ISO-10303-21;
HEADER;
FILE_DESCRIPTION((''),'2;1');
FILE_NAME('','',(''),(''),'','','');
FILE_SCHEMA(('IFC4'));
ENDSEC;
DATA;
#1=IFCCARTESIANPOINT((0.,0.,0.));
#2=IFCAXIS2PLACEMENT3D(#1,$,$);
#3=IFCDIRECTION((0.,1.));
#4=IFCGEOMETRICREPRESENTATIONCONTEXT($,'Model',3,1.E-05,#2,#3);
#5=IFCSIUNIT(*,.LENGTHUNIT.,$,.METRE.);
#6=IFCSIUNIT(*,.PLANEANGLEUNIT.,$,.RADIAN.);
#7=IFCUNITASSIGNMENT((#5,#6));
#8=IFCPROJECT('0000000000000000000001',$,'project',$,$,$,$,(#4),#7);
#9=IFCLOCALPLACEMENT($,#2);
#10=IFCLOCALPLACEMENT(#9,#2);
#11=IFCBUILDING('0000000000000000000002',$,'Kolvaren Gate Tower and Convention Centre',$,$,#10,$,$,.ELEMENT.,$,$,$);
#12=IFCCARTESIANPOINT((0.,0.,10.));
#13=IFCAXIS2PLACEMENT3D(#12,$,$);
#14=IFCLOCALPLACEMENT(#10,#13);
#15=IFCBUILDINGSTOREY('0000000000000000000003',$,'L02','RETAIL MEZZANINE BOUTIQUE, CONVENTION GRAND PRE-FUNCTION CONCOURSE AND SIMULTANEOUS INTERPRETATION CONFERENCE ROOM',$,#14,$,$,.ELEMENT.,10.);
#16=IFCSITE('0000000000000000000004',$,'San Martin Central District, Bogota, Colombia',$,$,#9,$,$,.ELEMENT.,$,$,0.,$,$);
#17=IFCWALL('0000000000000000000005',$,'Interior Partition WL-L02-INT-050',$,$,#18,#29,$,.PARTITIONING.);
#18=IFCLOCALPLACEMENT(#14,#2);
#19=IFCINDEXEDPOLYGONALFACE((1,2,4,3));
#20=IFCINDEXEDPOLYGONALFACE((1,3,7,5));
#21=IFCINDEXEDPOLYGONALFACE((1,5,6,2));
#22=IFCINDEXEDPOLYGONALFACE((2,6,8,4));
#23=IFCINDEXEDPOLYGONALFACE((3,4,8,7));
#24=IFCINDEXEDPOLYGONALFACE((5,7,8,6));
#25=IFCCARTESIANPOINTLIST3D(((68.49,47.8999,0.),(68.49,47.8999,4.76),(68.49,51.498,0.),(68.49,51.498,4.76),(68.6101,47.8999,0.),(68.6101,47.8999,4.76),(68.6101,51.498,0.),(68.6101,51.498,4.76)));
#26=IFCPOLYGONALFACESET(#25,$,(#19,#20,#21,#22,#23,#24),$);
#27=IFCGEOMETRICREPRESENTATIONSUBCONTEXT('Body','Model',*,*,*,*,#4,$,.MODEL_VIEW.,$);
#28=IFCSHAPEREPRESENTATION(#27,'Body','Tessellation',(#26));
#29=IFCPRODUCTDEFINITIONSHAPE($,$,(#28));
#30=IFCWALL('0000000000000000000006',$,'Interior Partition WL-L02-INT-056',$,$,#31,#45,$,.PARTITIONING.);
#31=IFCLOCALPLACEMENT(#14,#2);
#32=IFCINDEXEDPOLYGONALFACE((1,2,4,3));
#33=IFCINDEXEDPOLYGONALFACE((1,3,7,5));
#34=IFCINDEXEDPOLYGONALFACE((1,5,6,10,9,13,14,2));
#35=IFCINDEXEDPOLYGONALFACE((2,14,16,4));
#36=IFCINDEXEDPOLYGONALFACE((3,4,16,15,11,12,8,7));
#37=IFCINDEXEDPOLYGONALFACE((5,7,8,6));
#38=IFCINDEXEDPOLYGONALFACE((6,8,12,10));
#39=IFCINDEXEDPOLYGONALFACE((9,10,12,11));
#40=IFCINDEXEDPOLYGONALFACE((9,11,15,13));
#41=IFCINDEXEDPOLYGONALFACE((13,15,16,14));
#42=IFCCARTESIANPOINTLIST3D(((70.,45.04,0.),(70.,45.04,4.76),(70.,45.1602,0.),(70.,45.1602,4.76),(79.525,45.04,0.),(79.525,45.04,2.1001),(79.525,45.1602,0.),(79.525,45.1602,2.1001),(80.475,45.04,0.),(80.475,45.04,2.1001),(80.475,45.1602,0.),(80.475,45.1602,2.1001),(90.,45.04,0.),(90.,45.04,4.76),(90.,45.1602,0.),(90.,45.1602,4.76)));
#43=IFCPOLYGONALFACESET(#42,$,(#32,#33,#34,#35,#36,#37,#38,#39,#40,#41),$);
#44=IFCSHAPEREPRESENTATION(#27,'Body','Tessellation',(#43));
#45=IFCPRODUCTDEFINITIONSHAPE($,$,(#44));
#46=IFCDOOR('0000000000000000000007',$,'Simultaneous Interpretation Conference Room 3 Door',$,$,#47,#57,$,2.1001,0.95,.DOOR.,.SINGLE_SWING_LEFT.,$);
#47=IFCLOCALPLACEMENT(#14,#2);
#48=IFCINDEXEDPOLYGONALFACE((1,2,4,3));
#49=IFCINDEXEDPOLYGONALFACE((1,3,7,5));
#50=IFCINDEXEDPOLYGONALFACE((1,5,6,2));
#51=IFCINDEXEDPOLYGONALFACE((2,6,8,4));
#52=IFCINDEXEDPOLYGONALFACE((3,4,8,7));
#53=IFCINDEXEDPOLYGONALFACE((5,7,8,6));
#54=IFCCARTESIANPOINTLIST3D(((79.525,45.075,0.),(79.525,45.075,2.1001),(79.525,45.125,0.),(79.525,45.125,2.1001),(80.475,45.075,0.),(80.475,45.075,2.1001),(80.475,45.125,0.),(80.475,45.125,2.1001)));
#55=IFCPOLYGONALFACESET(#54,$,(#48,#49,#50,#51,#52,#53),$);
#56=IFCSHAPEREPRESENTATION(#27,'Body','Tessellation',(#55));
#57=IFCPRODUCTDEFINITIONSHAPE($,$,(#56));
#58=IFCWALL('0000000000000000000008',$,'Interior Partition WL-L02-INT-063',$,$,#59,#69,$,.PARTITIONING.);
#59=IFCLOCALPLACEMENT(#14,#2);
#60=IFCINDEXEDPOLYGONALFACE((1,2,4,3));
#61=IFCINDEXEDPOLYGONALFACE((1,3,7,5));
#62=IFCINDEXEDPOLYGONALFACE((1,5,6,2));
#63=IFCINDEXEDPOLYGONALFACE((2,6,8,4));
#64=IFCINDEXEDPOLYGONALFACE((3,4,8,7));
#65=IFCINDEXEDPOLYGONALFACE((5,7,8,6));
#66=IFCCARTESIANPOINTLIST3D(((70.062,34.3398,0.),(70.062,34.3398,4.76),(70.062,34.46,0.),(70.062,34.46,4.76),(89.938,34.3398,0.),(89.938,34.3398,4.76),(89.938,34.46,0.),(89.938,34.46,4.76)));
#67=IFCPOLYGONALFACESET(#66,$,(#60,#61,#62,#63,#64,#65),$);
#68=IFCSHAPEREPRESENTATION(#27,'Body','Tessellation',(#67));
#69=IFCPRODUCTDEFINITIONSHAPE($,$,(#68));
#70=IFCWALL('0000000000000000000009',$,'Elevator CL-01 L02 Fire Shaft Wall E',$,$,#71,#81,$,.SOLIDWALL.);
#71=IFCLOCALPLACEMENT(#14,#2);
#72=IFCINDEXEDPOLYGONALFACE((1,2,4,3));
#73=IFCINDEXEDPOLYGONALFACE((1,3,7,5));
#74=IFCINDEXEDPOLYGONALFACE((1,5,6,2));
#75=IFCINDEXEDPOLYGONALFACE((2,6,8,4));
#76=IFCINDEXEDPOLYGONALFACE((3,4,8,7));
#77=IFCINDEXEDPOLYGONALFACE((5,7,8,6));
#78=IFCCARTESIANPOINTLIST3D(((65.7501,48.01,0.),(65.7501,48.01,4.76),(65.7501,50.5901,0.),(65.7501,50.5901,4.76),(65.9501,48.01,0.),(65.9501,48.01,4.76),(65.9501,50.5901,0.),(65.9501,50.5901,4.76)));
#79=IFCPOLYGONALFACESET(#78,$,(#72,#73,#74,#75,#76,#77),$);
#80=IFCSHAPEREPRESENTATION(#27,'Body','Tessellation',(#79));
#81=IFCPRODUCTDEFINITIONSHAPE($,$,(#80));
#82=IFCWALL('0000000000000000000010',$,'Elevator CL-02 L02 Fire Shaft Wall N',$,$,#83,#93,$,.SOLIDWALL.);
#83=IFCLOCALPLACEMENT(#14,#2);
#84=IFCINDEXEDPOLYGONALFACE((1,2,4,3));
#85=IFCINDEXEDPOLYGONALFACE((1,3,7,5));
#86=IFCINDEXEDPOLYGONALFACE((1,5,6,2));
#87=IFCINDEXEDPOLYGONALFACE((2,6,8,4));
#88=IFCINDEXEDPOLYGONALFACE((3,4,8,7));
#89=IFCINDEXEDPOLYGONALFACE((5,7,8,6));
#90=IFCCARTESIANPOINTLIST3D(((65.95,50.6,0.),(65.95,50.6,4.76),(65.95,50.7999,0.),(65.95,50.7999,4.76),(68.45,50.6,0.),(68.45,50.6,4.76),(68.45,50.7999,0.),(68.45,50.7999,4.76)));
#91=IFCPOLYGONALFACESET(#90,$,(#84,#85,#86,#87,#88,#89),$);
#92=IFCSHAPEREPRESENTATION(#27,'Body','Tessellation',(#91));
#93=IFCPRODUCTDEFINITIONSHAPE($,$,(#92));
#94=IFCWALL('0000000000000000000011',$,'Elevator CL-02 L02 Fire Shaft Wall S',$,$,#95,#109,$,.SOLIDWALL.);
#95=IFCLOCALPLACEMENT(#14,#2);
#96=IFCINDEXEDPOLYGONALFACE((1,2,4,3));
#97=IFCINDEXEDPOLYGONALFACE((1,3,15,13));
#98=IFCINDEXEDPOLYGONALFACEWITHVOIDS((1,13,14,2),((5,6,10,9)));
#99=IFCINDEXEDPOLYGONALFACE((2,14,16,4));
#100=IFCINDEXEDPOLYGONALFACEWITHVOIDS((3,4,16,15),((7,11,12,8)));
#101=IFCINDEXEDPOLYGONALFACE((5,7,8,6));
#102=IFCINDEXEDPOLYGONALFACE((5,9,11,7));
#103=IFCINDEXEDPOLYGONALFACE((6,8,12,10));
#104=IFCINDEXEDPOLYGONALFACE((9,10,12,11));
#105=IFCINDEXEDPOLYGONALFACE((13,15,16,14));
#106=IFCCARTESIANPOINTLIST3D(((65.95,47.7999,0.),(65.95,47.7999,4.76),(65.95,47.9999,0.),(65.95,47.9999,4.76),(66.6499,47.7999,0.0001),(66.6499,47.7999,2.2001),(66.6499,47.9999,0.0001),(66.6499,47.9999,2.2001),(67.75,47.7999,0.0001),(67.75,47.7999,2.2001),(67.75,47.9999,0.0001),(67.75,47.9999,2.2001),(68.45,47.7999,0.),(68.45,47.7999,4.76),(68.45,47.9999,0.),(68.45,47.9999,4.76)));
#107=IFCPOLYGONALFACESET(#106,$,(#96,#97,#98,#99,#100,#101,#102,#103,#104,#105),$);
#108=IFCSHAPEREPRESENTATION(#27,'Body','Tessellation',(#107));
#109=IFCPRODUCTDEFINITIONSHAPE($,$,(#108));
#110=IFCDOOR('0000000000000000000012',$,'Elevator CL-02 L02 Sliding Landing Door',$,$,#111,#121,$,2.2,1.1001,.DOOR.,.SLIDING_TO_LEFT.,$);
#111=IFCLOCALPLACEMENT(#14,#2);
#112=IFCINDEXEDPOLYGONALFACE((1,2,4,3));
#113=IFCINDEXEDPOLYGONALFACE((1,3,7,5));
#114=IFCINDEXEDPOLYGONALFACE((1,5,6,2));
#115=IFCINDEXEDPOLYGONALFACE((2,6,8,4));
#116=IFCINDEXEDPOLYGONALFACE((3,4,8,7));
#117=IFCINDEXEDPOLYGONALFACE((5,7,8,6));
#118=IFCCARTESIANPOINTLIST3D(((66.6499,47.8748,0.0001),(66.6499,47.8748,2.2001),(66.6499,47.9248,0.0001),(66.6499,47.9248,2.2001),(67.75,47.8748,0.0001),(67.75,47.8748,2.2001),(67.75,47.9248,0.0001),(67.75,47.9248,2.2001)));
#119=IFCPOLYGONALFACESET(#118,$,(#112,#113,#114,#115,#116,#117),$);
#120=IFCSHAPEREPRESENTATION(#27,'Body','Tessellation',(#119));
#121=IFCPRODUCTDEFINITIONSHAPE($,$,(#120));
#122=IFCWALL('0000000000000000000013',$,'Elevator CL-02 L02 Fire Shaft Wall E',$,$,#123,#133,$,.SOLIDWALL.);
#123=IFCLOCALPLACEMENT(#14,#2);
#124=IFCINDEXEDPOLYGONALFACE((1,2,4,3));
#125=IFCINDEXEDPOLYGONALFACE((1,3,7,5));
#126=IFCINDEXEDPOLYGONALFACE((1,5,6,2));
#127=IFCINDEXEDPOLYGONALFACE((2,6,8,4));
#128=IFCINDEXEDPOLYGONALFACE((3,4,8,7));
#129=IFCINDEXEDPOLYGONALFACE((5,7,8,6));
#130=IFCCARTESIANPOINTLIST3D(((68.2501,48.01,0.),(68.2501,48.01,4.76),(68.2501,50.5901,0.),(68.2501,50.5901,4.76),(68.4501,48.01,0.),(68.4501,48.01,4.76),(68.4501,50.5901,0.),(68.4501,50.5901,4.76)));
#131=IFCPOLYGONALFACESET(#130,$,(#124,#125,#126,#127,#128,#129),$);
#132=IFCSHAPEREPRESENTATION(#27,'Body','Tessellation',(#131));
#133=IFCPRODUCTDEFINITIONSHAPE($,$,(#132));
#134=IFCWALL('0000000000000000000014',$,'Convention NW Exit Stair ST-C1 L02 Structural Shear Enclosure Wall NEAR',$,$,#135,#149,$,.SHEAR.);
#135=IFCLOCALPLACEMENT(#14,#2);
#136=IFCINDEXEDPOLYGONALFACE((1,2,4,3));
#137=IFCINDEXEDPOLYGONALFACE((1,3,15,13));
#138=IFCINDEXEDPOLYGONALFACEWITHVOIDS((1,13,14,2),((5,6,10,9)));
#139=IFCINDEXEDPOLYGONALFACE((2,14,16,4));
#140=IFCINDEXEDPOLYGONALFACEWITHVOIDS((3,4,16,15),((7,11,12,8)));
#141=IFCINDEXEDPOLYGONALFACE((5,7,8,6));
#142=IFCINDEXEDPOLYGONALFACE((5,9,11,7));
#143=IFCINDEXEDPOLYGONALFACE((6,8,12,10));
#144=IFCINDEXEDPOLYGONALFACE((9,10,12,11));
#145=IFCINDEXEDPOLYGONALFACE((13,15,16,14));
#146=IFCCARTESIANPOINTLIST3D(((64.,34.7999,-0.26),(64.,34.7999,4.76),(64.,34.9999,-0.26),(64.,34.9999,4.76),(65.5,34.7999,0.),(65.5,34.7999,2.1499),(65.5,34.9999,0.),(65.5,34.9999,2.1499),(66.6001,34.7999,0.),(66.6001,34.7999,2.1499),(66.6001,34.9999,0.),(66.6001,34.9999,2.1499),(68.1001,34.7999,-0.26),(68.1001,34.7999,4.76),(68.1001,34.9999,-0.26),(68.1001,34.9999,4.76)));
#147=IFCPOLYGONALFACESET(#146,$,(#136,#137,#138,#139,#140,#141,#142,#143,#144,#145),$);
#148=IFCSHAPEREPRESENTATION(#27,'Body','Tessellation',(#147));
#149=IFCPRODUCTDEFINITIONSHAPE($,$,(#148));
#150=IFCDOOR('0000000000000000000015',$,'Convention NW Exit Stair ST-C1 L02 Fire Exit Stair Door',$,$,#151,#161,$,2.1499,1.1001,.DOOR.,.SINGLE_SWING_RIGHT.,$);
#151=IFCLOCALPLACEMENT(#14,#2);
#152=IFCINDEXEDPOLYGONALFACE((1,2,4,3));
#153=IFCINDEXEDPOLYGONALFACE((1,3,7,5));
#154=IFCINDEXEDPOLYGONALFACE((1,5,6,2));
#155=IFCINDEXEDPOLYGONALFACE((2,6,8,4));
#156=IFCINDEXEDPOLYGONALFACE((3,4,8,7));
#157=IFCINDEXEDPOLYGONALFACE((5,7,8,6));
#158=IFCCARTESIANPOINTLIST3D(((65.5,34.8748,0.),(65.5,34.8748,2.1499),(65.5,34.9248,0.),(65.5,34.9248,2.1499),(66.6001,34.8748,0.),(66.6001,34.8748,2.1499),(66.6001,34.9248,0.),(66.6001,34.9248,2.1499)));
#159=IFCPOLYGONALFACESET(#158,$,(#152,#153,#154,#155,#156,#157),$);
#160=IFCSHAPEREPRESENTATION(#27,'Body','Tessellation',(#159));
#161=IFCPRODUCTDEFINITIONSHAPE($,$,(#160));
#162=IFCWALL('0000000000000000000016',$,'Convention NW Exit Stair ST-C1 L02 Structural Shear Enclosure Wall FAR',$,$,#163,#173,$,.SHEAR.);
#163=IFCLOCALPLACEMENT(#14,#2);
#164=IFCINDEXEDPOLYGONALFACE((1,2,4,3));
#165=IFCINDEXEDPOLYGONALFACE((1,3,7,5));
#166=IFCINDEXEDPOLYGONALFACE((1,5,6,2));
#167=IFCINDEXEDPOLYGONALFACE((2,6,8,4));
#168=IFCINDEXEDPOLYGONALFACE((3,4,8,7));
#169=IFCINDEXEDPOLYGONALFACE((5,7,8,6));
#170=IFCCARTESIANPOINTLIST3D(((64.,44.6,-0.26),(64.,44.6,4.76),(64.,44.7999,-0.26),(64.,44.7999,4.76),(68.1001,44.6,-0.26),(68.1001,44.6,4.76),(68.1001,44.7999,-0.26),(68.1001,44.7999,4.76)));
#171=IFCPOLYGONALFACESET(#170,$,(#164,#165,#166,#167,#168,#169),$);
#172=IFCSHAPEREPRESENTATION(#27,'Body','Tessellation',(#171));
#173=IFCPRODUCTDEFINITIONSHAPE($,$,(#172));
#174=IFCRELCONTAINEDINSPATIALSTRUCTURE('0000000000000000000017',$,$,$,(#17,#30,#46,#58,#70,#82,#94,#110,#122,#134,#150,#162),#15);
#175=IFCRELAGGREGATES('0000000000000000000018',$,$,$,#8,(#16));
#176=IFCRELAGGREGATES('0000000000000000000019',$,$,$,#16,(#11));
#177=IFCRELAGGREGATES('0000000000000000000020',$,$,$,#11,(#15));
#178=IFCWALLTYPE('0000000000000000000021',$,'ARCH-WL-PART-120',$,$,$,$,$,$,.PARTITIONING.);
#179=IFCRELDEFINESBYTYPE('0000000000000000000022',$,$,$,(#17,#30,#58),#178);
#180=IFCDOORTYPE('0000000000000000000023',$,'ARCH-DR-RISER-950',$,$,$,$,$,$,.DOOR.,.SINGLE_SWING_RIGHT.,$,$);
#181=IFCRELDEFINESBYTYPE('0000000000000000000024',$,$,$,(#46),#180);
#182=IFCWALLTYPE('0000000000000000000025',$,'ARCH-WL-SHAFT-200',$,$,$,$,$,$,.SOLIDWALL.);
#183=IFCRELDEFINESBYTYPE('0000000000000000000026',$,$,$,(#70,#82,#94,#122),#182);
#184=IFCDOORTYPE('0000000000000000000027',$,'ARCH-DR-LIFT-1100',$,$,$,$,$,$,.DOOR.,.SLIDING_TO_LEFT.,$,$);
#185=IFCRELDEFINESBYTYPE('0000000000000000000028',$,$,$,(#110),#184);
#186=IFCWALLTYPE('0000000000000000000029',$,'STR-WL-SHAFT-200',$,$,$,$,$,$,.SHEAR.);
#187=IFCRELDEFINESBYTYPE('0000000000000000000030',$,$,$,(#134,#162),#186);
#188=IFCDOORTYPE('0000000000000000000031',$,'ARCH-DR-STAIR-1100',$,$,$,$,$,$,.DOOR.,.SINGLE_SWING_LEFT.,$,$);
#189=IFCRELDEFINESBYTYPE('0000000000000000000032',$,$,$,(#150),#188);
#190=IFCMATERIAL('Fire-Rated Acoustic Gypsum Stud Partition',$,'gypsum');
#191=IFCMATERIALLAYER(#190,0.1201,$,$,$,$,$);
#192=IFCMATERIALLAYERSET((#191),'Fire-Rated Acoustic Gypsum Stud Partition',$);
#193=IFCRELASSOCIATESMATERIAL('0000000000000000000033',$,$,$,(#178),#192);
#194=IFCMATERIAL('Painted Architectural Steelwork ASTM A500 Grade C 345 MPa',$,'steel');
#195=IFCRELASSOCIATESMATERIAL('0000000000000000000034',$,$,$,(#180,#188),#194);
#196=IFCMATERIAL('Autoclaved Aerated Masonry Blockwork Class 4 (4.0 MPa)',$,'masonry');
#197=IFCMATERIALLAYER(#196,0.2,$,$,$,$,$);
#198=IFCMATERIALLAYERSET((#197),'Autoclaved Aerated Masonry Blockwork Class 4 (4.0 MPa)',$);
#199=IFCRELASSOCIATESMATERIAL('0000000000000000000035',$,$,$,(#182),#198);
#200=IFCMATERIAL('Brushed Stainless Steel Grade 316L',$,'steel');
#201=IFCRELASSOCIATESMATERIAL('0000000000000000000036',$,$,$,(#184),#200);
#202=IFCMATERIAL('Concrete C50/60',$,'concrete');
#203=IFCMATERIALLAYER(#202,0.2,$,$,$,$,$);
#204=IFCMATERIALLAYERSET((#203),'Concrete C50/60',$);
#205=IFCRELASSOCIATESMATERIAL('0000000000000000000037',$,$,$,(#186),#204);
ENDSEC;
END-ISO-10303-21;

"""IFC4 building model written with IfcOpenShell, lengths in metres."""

from ifc_helpers import new_model, si_unit, direction, frame, frame_2d, origin, place, context, subcontext, project, spatial, rectangle, extrude, material, layer, layer_set, type_object, element, fill, save


model = new_model("IFC4")

# Units and contexts
model_context = context("Model", 3, precision=1e-05, world=origin(), true_north=direction((0.0, 1.0)))
body_context = subcontext(model_context, "Body", "Model", "MODEL_VIEW")
ifc_project = project(units=[si_unit("LENGTHUNIT", "METRE"), si_unit("PLANEANGLEUNIT", "RADIAN")], contexts=[model_context])

# Site, building, storey
site_placement = place(None, origin())
site = spatial("IfcSite", under=ifc_project, at=site_placement, Name="San Martin Central District, Bogota, Colombia", CompositionType="ELEMENT", RefElevation=0.0)
building_placement = place(site_placement, origin())
building = spatial("IfcBuilding", under=site, at=building_placement, Name="Kolvaren Gate Tower and Convention Centre", CompositionType="ELEMENT")
storey_placement = place(building_placement, frame((0.0, 0.0, 10.0)))
storey = spatial("IfcBuildingStorey", under=building, at=storey_placement, Name="L02", Description="RETAIL MEZZANINE BOUTIQUE, CONVENTION GRAND PRE-FUNCTION CONCOURSE AND SIMULTANEOUS INTERPRETATION CONFERENCE ROOM", CompositionType="ELEMENT", Elevation=10.0)

# Wall
ifc_material_1 = material(Name="Fire-Rated Acoustic Gypsum Stud Partition", Category="gypsum")
ifc_layer_1 = layer(ifc_material_1, 0.1201)
ifc_layer_set_1 = layer_set([ifc_layer_1], Name="Fire-Rated Acoustic Gypsum Stud Partition")
wall_type_1 = type_object("IfcWallType", Name="ARCH-WL-PART-120", PredefinedType="PARTITIONING", material=ifc_layer_set_1)
wall_1_placement = place(storey_placement, frame((68.55, 47.8999, 0.0), z_axis=(0.0, 0.0, 1.0), x_axis=(0.0, 1.0, 0.0)))
element("IfcWall", 1, at=wall_1_placement, inside=storey, type_object=wall_type_1, Name="Interior Partition WL-L02-INT-050", PredefinedType="PARTITIONING", context=body_context, shape_type="SweptSolid", body=[
    extrude(rectangle(XDim=3.5981, YDim=0.1201, at=frame_2d((1.7991, 0.0))), origin(), (0.0, 0.0, 1.0), 4.76),
])

# Wall, opening, door
wall_2_placement = place(storey_placement, frame((70.0, 45.1001, 0.0), z_axis=(0.0, 0.0, 1.0), x_axis=(1.0, 0.0, 0.0)))
wall_2 = element("IfcWall", 2, at=wall_2_placement, inside=storey, type_object=wall_type_1, Name="Interior Partition WL-L02-INT-056", PredefinedType="PARTITIONING", context=body_context, shape_type="SweptSolid", body=[
    extrude(rectangle(XDim=20.0, YDim=0.1201, at=frame_2d((10.0, 0.0))), origin(), (0.0, 0.0, 1.0), 4.76),
])
opening_1_placement = place(wall_2_placement, frame((9.5249, 0.0, 0.0)))
opening_1 = element("IfcOpeningElement", 3, at=opening_1_placement, cuts=wall_2, PredefinedType="OPENING", context=body_context, shape_type="SweptSolid", body=[
    extrude(rectangle(XDim=0.95, YDim=2.1001, at=frame_2d((0.4751, 1.05))), frame((0.0, 0.0701, 0.0), z_axis=(0.0, -1.0, 0.0), x_axis=(1.0, 0.0, 0.0)), (0.0, 0.0, 1.0), 0.1401),
])
ifc_material_2 = material(Name="Painted Architectural Steelwork ASTM A500 Grade C 345 MPa", Category="steel")
door_type_1 = type_object("IfcDoorType", Name="ARCH-DR-RISER-950", OperationType="SINGLE_SWING_RIGHT", PredefinedType="DOOR", material=ifc_material_2)
door_1_placement = place(opening_1_placement, origin())
door_1 = element("IfcDoor", 4, at=door_1_placement, inside=storey, type_object=door_type_1, Name="Simultaneous Interpretation Conference Room 3 Door", OperationType="SINGLE_SWING_LEFT", OverallHeight=2.1001, OverallWidth=0.95, PredefinedType="DOOR", context=body_context, shape_type="SweptSolid", body=[
    extrude(rectangle(XDim=0.95, YDim=2.1001, at=frame_2d((0.4751, 1.05))), frame((0.0, 0.0249, 0.0), z_axis=(0.0, -1.0, 0.0), x_axis=(1.0, 0.0, 0.0)), (0.0, 0.0, 1.0), 0.05),
])
fill(opening_1, door_1)

# Walls
wall_3_placement = place(storey_placement, frame((70.062, 34.3999, 0.0), z_axis=(0.0, 0.0, 1.0), x_axis=(1.0, 0.0, 0.0)))
element("IfcWall", 5, at=wall_3_placement, inside=storey, type_object=wall_type_1, Name="Interior Partition WL-L02-INT-063", PredefinedType="PARTITIONING", context=body_context, shape_type="SweptSolid", body=[
    extrude(rectangle(XDim=19.876, YDim=0.1201, at=frame_2d((9.938, 0.0))), origin(), (0.0, 0.0, 1.0), 4.76),
])
ifc_material_3 = material(Name="Autoclaved Aerated Masonry Blockwork Class 4 (4.0 MPa)", Category="masonry")
ifc_layer_2 = layer(ifc_material_3, 0.2)
ifc_layer_set_2 = layer_set([ifc_layer_2], Name="Autoclaved Aerated Masonry Blockwork Class 4 (4.0 MPa)")
wall_type_2 = type_object("IfcWallType", Name="ARCH-WL-SHAFT-200", PredefinedType="SOLIDWALL", material=ifc_layer_set_2)
wall_4_placement = place(storey_placement, frame((65.8501, 48.01, 0.0), z_axis=(0.0, 0.0, 1.0), x_axis=(0.0, 1.0, 0.0)))
element("IfcWall", 6, at=wall_4_placement, inside=storey, type_object=wall_type_2, Name="Elevator CL-01 L02 Fire Shaft Wall E", PredefinedType="SOLIDWALL", context=body_context, shape_type="SweptSolid", body=[
    extrude(rectangle(XDim=2.5801, YDim=0.2, at=frame_2d((1.29, 0.0))), origin(), (0.0, 0.0, 1.0), 4.76),
])
wall_5_placement = place(storey_placement, frame((65.95, 50.7, 0.0), z_axis=(0.0, 0.0, 1.0), x_axis=(1.0, 0.0, 0.0)))
element("IfcWall", 7, at=wall_5_placement, inside=storey, type_object=wall_type_2, Name="Elevator CL-02 L02 Fire Shaft Wall N", PredefinedType="SOLIDWALL", context=body_context, shape_type="SweptSolid", body=[
    extrude(rectangle(XDim=2.5, YDim=0.2, at=frame_2d((1.25, 0.0))), origin(), (0.0, 0.0, 1.0), 4.76),
])

# Wall, opening, door
wall_6_placement = place(storey_placement, frame((65.95, 47.8999, 0.0), z_axis=(0.0, 0.0, 1.0), x_axis=(1.0, 0.0, 0.0)))
wall_6 = element("IfcWall", 8, at=wall_6_placement, inside=storey, type_object=wall_type_2, Name="Elevator CL-02 L02 Fire Shaft Wall S", PredefinedType="SOLIDWALL", context=body_context, shape_type="SweptSolid", body=[
    extrude(rectangle(XDim=2.5, YDim=0.2, at=frame_2d((1.25, 0.0))), origin(), (0.0, 0.0, 1.0), 4.76),
])
opening_2_placement = place(wall_6_placement, frame((0.7, 0.0, 0.0)))
opening_2 = element("IfcOpeningElement", 9, at=opening_2_placement, cuts=wall_6, PredefinedType="OPENING", context=body_context, shape_type="SweptSolid", body=[
    extrude(rectangle(XDim=1.1001, YDim=2.2, at=frame_2d((0.55, 1.1001))), frame((0.0, 0.1099, 0.0), z_axis=(0.0, -1.0, 0.0), x_axis=(1.0, 0.0, 0.0)), (0.0, 0.0, 1.0), 0.22),
])
ifc_material_4 = material(Name="Brushed Stainless Steel Grade 316L", Category="steel")
door_type_2 = type_object("IfcDoorType", Name="ARCH-DR-LIFT-1100", OperationType="SLIDING_TO_LEFT", PredefinedType="DOOR", material=ifc_material_4)
door_2_placement = place(opening_2_placement, origin())
door_2 = element("IfcDoor", 10, at=door_2_placement, inside=storey, type_object=door_type_2, Name="Elevator CL-02 L02 Sliding Landing Door", OperationType="SLIDING_TO_LEFT", OverallHeight=2.2, OverallWidth=1.1001, PredefinedType="DOOR", context=body_context, shape_type="SweptSolid", body=[
    extrude(rectangle(XDim=1.1001, YDim=2.2, at=frame_2d((0.55, 1.1001))), frame((0.0, 0.0249, 0.0), z_axis=(0.0, -1.0, 0.0), x_axis=(1.0, 0.0, 0.0)), (0.0, 0.0, 1.0), 0.05),
])
fill(opening_2, door_2)

# Wall
wall_7_placement = place(storey_placement, frame((68.3501, 48.01, 0.0), z_axis=(0.0, 0.0, 1.0), x_axis=(0.0, 1.0, 0.0)))
element("IfcWall", 11, at=wall_7_placement, inside=storey, type_object=wall_type_2, Name="Elevator CL-02 L02 Fire Shaft Wall E", PredefinedType="SOLIDWALL", context=body_context, shape_type="SweptSolid", body=[
    extrude(rectangle(XDim=2.5801, YDim=0.2, at=frame_2d((1.29, 0.0))), origin(), (0.0, 0.0, 1.0), 4.76),
])

# Wall, opening, door
ifc_material_5 = material(Name="Concrete C50/60", Category="concrete")
ifc_layer_3 = layer(ifc_material_5, 0.2)
ifc_layer_set_3 = layer_set([ifc_layer_3], Name="Concrete C50/60")
wall_type_3 = type_object("IfcWallType", Name="STR-WL-SHAFT-200", PredefinedType="SHEAR", material=ifc_layer_set_3)
wall_8_placement = place(storey_placement, frame((64.0, 34.8999, -0.26), z_axis=(0.0, 0.0, 1.0), x_axis=(1.0, 0.0, 0.0)))
wall_8 = element("IfcWall", 12, at=wall_8_placement, inside=storey, type_object=wall_type_3, Name="Convention NW Exit Stair ST-C1 L02 Structural Shear Enclosure Wall NEAR", PredefinedType="SHEAR", context=body_context, shape_type="SweptSolid", body=[
    extrude(rectangle(XDim=4.1001, YDim=0.2, at=frame_2d((2.05, 0.0))), origin(), (0.0, 0.0, 1.0), 5.02),
])
opening_3_placement = place(wall_8_placement, frame((1.5, 0.0, 0.26)))
opening_3 = element("IfcOpeningElement", 13, at=opening_3_placement, cuts=wall_8, PredefinedType="OPENING", context=body_context, shape_type="SweptSolid", body=[
    extrude(rectangle(XDim=1.1001, YDim=2.1499, at=frame_2d((0.55, 1.075))), frame((0.0, 0.1099, 0.0), z_axis=(0.0, -1.0, 0.0), x_axis=(1.0, 0.0, 0.0)), (0.0, 0.0, 1.0), 0.22),
])
door_type_3 = type_object("IfcDoorType", Name="ARCH-DR-STAIR-1100", OperationType="SINGLE_SWING_LEFT", PredefinedType="DOOR", material=ifc_material_2)
door_3_placement = place(opening_3_placement, origin())
door_3 = element("IfcDoor", 14, at=door_3_placement, inside=storey, type_object=door_type_3, Name="Convention NW Exit Stair ST-C1 L02 Fire Exit Stair Door", OperationType="SINGLE_SWING_RIGHT", OverallHeight=2.1499, OverallWidth=1.1001, PredefinedType="DOOR", context=body_context, shape_type="SweptSolid", body=[
    extrude(rectangle(XDim=1.1001, YDim=2.1499, at=frame_2d((0.55, 1.075))), frame((0.0, 0.0249, 0.0), z_axis=(0.0, -1.0, 0.0), x_axis=(1.0, 0.0, 0.0)), (0.0, 0.0, 1.0), 0.05),
])
fill(opening_3, door_3)

# Wall
wall_9_placement = place(storey_placement, frame((64.0, 44.7, -0.26), z_axis=(0.0, 0.0, 1.0), x_axis=(1.0, 0.0, 0.0)))
element("IfcWall", 15, at=wall_9_placement, inside=storey, type_object=wall_type_3, Name="Convention NW Exit Stair ST-C1 L02 Structural Shear Enclosure Wall FAR", PredefinedType="SHEAR", context=body_context, shape_type="SweptSolid", body=[
    extrude(rectangle(XDim=4.1001, YDim=0.2, at=frame_2d((2.05, 0.0))), origin(), (0.0, 0.0, 1.0), 5.02),
])

save(model, "model.ifc")
